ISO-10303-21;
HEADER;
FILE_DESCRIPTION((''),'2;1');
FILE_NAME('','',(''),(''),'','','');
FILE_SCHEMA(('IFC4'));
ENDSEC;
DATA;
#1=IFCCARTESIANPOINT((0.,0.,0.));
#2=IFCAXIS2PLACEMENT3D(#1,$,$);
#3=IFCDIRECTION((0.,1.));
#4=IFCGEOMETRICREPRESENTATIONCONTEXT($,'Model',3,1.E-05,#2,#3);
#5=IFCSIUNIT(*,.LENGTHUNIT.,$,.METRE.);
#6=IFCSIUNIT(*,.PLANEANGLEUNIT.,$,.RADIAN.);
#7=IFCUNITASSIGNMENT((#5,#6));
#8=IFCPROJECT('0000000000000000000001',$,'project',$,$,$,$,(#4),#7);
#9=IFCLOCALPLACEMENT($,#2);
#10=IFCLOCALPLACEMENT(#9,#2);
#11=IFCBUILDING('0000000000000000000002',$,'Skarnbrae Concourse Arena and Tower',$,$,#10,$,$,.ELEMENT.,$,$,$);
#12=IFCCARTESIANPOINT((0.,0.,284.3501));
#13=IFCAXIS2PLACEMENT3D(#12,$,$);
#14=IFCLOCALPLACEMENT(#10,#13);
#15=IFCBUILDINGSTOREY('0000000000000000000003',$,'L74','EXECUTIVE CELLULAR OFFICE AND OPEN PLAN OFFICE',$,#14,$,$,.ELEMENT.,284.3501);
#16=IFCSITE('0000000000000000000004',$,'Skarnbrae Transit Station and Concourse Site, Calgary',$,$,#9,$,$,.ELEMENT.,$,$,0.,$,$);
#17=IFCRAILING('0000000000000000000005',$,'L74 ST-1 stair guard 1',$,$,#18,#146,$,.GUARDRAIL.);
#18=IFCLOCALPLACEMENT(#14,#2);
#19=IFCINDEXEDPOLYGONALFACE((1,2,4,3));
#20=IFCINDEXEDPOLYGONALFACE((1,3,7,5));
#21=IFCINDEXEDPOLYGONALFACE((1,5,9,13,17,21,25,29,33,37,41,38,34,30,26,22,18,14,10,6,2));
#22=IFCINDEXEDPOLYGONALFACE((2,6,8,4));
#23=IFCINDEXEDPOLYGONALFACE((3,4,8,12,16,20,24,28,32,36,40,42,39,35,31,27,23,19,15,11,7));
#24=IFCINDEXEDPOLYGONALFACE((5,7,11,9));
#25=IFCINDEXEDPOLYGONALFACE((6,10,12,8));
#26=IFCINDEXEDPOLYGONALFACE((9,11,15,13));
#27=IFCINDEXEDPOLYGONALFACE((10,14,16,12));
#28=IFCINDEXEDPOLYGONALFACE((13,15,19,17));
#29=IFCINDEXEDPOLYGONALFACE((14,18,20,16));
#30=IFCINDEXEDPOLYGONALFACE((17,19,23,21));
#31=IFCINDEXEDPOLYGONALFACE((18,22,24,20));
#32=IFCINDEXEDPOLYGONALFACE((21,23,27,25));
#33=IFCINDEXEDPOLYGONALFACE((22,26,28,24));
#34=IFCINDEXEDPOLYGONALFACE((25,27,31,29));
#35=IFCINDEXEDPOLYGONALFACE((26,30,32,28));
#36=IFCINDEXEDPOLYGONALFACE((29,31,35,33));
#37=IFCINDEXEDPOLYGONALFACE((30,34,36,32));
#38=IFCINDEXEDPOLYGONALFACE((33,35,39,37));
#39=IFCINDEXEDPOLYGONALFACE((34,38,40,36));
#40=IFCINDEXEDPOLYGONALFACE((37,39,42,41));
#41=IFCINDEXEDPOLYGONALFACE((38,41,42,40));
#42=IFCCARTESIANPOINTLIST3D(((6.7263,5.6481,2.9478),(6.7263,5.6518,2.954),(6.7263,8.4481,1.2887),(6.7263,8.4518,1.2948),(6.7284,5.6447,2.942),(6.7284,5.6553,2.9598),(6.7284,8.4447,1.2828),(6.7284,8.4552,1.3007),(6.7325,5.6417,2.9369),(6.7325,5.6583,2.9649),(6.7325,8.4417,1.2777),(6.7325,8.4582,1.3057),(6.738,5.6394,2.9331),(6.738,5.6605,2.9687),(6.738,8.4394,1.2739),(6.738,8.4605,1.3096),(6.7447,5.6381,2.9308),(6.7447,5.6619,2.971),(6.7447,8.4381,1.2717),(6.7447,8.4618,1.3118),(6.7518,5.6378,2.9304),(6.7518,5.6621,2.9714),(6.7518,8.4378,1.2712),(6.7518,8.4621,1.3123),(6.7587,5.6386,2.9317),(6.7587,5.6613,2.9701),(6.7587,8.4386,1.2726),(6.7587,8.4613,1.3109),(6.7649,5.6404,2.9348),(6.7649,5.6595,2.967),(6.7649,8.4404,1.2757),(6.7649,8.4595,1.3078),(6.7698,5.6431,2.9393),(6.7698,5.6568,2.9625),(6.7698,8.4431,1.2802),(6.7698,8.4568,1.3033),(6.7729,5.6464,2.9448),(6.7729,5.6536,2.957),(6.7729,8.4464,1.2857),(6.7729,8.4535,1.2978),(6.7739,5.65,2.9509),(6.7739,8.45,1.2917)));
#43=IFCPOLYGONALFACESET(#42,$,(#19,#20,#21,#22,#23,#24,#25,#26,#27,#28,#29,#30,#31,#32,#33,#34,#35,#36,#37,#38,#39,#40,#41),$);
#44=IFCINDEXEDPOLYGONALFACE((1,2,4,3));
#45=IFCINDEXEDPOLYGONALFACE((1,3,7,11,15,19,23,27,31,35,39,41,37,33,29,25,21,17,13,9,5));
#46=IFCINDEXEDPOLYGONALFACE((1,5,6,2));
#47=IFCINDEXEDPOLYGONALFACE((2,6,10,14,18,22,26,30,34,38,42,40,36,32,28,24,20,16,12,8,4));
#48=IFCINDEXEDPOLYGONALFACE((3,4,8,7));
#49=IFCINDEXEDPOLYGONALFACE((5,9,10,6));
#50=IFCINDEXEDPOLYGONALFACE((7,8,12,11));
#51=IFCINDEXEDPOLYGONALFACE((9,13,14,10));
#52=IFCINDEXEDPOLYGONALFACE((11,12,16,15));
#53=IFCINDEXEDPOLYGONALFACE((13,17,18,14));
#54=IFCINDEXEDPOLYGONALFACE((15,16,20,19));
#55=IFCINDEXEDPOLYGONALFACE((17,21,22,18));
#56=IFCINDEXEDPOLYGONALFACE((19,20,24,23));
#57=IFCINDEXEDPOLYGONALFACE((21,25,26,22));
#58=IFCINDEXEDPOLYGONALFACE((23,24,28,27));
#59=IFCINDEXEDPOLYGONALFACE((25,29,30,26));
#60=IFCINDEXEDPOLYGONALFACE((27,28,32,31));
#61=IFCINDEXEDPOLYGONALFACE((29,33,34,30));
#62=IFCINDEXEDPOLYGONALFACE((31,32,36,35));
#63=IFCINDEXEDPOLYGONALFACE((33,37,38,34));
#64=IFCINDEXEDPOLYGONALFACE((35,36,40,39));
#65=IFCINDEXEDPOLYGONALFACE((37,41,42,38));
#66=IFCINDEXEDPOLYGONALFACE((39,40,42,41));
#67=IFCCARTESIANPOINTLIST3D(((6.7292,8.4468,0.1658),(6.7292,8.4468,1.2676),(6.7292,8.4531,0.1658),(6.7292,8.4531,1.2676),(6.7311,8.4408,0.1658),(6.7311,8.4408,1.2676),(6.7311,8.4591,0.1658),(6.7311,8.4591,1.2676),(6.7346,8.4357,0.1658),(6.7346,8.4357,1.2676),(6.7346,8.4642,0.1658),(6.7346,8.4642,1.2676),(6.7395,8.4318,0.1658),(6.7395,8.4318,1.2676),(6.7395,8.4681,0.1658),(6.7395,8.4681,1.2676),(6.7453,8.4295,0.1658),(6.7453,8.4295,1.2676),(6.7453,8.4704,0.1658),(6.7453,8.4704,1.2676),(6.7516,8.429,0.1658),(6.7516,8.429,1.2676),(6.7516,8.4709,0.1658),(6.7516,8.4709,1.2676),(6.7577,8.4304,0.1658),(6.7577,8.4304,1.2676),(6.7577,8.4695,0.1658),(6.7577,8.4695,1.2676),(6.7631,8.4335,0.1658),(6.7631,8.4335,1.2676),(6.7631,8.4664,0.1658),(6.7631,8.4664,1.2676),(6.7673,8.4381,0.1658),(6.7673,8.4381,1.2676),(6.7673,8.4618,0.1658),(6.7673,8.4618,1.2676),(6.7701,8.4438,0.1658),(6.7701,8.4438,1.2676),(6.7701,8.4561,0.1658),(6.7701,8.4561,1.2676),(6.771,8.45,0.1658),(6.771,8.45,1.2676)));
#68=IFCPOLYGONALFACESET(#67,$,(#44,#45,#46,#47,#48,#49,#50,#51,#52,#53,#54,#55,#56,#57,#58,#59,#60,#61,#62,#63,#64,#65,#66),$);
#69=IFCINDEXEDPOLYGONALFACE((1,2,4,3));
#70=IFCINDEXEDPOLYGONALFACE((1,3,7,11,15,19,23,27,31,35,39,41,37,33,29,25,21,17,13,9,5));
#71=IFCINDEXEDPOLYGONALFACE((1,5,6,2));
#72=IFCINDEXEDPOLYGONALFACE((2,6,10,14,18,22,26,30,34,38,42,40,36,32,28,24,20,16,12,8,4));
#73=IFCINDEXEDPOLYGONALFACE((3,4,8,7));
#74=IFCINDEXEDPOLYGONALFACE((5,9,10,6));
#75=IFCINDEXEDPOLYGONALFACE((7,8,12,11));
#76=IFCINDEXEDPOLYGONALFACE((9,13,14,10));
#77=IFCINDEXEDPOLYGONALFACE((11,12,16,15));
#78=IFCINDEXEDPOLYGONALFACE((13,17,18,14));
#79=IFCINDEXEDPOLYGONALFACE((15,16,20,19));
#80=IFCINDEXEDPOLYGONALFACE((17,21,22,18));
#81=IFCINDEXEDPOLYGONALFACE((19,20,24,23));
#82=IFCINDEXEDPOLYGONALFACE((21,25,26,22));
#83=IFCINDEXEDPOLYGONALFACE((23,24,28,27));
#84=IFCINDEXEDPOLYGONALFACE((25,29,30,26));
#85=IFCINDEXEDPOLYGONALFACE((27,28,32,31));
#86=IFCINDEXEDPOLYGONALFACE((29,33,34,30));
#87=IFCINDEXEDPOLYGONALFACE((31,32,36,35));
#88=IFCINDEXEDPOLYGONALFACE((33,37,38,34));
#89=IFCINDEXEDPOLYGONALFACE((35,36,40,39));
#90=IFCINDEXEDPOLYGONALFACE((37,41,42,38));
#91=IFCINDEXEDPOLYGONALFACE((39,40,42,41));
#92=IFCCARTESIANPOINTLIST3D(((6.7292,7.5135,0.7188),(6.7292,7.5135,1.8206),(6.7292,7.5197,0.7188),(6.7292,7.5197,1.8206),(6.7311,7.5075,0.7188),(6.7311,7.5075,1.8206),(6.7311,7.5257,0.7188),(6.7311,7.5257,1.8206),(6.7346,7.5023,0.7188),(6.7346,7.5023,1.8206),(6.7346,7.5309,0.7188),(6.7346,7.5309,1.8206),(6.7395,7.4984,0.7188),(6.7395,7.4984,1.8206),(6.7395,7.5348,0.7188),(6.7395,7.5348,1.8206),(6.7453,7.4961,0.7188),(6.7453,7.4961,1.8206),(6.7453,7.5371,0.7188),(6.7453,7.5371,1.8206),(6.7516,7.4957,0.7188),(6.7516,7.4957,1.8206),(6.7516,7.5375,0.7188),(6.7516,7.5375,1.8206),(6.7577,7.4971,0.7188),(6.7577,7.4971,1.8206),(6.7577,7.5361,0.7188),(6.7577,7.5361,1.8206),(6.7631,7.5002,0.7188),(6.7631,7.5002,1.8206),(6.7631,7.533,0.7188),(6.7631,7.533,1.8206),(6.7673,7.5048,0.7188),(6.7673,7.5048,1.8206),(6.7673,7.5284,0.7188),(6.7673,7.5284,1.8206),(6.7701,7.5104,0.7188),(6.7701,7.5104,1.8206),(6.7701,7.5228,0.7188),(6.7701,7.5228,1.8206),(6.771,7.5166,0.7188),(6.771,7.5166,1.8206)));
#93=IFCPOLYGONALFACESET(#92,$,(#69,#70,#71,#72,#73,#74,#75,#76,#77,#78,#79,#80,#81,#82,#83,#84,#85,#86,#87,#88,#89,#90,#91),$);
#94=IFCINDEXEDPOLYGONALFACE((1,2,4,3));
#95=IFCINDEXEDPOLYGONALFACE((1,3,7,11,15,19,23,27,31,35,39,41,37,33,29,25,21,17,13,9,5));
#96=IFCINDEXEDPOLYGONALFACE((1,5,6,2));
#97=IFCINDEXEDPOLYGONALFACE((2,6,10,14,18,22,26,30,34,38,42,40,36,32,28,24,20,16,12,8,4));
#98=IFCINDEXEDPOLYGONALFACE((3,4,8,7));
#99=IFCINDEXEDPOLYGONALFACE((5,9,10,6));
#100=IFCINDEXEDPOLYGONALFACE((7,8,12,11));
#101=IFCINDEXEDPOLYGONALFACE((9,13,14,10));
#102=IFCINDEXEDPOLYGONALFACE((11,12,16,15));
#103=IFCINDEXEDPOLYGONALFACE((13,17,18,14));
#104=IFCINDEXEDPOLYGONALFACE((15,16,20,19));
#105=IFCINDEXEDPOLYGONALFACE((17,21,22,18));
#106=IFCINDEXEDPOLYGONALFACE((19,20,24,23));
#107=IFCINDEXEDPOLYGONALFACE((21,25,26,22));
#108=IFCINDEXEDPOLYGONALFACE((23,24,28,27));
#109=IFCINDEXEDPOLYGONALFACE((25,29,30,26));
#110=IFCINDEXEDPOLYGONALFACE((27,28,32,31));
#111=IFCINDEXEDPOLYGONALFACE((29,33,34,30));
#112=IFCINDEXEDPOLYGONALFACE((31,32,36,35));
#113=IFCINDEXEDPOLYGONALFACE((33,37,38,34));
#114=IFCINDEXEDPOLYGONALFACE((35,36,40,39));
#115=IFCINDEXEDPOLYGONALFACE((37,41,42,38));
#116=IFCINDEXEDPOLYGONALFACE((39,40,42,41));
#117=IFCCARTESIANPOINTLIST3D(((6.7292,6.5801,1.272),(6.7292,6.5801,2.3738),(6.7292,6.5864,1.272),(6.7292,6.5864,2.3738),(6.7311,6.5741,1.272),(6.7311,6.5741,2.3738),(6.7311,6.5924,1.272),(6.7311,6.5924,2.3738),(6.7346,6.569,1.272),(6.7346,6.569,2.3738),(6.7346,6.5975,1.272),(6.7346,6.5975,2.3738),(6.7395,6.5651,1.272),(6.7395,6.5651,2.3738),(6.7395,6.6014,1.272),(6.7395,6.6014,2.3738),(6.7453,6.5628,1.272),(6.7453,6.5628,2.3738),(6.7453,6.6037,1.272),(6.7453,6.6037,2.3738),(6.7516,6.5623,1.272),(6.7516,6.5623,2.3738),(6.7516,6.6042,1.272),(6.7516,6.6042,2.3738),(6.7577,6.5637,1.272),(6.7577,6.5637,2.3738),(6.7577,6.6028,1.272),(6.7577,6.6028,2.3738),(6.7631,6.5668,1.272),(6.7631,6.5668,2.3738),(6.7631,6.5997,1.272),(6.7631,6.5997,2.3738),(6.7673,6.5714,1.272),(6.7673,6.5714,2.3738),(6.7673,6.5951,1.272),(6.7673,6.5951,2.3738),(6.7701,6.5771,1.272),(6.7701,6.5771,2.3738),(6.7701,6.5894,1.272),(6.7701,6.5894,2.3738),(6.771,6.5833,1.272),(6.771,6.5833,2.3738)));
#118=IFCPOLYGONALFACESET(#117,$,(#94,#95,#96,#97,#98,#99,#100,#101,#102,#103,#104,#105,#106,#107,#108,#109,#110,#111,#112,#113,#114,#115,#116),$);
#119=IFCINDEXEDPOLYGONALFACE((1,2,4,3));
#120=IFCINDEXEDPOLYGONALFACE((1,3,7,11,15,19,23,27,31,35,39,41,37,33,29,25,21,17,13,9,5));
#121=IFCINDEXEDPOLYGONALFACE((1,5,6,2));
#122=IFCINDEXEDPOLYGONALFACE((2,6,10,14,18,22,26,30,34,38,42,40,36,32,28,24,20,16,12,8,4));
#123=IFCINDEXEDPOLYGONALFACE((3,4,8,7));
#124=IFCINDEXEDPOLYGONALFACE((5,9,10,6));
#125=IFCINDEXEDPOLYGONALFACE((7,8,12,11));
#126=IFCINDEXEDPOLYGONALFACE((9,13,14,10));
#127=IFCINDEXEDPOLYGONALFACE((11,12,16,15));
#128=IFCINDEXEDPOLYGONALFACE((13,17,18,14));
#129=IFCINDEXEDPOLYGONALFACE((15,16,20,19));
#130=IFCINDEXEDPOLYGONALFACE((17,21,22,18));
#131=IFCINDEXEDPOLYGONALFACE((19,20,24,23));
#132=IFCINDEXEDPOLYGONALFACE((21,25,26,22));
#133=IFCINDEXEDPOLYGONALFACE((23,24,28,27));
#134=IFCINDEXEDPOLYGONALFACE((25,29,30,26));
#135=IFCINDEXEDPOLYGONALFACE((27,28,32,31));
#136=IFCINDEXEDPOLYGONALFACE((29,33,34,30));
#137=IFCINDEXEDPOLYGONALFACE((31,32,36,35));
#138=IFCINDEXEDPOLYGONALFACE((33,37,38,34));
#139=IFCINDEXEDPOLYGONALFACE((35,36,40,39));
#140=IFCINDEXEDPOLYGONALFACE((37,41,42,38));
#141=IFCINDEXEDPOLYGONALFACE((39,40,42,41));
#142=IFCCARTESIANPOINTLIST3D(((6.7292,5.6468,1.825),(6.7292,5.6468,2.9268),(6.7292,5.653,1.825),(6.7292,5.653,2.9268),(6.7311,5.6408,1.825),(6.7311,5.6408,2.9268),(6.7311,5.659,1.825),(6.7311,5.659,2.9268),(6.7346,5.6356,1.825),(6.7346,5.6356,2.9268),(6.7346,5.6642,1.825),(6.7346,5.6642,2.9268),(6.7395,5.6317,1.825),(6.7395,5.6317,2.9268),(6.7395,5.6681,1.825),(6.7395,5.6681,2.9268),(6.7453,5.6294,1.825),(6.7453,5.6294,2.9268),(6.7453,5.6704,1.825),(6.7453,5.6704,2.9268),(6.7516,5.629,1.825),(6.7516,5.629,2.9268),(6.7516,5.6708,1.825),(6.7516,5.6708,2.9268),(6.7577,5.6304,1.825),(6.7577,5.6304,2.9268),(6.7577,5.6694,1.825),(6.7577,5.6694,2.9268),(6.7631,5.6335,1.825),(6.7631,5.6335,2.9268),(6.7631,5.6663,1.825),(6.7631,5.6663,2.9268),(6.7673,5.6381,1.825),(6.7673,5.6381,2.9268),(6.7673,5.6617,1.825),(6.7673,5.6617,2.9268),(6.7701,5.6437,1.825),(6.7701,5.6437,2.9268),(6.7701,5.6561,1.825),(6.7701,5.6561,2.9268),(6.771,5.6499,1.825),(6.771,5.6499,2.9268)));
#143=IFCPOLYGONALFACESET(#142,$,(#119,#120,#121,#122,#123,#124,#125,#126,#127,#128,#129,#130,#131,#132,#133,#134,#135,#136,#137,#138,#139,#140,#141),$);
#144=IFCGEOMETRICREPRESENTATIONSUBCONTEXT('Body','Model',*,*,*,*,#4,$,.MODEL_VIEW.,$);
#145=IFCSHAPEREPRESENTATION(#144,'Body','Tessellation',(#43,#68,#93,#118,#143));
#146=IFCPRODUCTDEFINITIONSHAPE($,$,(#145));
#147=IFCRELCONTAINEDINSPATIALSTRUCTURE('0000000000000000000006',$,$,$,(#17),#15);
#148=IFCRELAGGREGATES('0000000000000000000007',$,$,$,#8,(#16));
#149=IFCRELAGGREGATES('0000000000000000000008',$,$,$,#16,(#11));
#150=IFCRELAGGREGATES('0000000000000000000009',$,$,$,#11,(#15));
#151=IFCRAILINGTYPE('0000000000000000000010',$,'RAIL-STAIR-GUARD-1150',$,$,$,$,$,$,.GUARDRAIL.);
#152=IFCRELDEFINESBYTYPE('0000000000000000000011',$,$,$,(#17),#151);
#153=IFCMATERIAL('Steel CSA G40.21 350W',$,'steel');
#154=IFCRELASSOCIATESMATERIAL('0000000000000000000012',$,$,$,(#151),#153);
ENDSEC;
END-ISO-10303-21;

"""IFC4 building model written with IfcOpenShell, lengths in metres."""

from ifc_helpers import new_model, si_unit, direction, frame, origin, origin_2d, place, context, subcontext, project, spatial, circle, extrude, material, type_object, element, save


model = new_model("IFC4")

# Units and contexts
model_context = context("Model", 3, precision=1e-05, world=origin(), true_north=direction((0.0, 1.0)))
body_context = subcontext(model_context, "Body", "Model", "MODEL_VIEW")
ifc_project = project(units=[si_unit("LENGTHUNIT", "METRE"), si_unit("PLANEANGLEUNIT", "RADIAN")], contexts=[model_context])

# Site, building, storey
site_placement = place(None, origin())
site = spatial("IfcSite", under=ifc_project, at=site_placement, Name="Skarnbrae Transit Station and Concourse Site, Calgary", CompositionType="ELEMENT", RefElevation=0.0)
building_placement = place(site_placement, origin())
building = spatial("IfcBuilding", under=site, at=building_placement, Name="Skarnbrae Concourse Arena and Tower", CompositionType="ELEMENT")
storey_placement = place(building_placement, frame((0.0, 0.0, 284.3501)))
storey = spatial("IfcBuildingStorey", under=building, at=storey_placement, Name="L74", Description="EXECUTIVE CELLULAR OFFICE AND OPEN PLAN OFFICE", CompositionType="ELEMENT", Elevation=284.3501)

# Railing
ifc_material_1 = material(Name="Steel CSA G40.21 350W", Category="steel")
railing_type_1 = type_object("IfcRailingType", Name="RAIL-STAIR-GUARD-1150", PredefinedType="GUARDRAIL", material=ifc_material_1)
railing_1_placement = place(storey_placement, frame((6.75, 8.45, 0.1658)))
element("IfcRailing", 1, at=railing_1_placement, inside=storey, type_object=railing_type_1, Name="L74 ST-1 stair guard 1", PredefinedType="GUARDRAIL", context=body_context, shape_type="SweptSolid", body=[
    extrude(circle(Radius=0.0239, at=origin_2d()), frame((0.0, 0.0, 1.126), z_axis=(0.0, -0.860306, 0.509778), x_axis=(1.0, 0.0, 0.0)), (0.0, 0.0, 1.0), 3.2546),
    extrude(circle(Radius=0.021, at=origin_2d()), origin(), (0.0, 0.0, 1.0), 1.1018),
    extrude(circle(Radius=0.021, at=origin_2d()), frame((0.0, -0.9333, 0.553)), (0.0, 0.0, 1.0), 1.1018),
    extrude(circle(Radius=0.021, at=origin_2d()), frame((0.0, -1.8667, 1.1062)), (0.0, 0.0, 1.0), 1.1018),
    extrude(circle(Radius=0.021, at=origin_2d()), frame((0.0, -2.8, 1.6592)), (0.0, 0.0, 1.0), 1.1018),
])

save(model, "model.ifc")
